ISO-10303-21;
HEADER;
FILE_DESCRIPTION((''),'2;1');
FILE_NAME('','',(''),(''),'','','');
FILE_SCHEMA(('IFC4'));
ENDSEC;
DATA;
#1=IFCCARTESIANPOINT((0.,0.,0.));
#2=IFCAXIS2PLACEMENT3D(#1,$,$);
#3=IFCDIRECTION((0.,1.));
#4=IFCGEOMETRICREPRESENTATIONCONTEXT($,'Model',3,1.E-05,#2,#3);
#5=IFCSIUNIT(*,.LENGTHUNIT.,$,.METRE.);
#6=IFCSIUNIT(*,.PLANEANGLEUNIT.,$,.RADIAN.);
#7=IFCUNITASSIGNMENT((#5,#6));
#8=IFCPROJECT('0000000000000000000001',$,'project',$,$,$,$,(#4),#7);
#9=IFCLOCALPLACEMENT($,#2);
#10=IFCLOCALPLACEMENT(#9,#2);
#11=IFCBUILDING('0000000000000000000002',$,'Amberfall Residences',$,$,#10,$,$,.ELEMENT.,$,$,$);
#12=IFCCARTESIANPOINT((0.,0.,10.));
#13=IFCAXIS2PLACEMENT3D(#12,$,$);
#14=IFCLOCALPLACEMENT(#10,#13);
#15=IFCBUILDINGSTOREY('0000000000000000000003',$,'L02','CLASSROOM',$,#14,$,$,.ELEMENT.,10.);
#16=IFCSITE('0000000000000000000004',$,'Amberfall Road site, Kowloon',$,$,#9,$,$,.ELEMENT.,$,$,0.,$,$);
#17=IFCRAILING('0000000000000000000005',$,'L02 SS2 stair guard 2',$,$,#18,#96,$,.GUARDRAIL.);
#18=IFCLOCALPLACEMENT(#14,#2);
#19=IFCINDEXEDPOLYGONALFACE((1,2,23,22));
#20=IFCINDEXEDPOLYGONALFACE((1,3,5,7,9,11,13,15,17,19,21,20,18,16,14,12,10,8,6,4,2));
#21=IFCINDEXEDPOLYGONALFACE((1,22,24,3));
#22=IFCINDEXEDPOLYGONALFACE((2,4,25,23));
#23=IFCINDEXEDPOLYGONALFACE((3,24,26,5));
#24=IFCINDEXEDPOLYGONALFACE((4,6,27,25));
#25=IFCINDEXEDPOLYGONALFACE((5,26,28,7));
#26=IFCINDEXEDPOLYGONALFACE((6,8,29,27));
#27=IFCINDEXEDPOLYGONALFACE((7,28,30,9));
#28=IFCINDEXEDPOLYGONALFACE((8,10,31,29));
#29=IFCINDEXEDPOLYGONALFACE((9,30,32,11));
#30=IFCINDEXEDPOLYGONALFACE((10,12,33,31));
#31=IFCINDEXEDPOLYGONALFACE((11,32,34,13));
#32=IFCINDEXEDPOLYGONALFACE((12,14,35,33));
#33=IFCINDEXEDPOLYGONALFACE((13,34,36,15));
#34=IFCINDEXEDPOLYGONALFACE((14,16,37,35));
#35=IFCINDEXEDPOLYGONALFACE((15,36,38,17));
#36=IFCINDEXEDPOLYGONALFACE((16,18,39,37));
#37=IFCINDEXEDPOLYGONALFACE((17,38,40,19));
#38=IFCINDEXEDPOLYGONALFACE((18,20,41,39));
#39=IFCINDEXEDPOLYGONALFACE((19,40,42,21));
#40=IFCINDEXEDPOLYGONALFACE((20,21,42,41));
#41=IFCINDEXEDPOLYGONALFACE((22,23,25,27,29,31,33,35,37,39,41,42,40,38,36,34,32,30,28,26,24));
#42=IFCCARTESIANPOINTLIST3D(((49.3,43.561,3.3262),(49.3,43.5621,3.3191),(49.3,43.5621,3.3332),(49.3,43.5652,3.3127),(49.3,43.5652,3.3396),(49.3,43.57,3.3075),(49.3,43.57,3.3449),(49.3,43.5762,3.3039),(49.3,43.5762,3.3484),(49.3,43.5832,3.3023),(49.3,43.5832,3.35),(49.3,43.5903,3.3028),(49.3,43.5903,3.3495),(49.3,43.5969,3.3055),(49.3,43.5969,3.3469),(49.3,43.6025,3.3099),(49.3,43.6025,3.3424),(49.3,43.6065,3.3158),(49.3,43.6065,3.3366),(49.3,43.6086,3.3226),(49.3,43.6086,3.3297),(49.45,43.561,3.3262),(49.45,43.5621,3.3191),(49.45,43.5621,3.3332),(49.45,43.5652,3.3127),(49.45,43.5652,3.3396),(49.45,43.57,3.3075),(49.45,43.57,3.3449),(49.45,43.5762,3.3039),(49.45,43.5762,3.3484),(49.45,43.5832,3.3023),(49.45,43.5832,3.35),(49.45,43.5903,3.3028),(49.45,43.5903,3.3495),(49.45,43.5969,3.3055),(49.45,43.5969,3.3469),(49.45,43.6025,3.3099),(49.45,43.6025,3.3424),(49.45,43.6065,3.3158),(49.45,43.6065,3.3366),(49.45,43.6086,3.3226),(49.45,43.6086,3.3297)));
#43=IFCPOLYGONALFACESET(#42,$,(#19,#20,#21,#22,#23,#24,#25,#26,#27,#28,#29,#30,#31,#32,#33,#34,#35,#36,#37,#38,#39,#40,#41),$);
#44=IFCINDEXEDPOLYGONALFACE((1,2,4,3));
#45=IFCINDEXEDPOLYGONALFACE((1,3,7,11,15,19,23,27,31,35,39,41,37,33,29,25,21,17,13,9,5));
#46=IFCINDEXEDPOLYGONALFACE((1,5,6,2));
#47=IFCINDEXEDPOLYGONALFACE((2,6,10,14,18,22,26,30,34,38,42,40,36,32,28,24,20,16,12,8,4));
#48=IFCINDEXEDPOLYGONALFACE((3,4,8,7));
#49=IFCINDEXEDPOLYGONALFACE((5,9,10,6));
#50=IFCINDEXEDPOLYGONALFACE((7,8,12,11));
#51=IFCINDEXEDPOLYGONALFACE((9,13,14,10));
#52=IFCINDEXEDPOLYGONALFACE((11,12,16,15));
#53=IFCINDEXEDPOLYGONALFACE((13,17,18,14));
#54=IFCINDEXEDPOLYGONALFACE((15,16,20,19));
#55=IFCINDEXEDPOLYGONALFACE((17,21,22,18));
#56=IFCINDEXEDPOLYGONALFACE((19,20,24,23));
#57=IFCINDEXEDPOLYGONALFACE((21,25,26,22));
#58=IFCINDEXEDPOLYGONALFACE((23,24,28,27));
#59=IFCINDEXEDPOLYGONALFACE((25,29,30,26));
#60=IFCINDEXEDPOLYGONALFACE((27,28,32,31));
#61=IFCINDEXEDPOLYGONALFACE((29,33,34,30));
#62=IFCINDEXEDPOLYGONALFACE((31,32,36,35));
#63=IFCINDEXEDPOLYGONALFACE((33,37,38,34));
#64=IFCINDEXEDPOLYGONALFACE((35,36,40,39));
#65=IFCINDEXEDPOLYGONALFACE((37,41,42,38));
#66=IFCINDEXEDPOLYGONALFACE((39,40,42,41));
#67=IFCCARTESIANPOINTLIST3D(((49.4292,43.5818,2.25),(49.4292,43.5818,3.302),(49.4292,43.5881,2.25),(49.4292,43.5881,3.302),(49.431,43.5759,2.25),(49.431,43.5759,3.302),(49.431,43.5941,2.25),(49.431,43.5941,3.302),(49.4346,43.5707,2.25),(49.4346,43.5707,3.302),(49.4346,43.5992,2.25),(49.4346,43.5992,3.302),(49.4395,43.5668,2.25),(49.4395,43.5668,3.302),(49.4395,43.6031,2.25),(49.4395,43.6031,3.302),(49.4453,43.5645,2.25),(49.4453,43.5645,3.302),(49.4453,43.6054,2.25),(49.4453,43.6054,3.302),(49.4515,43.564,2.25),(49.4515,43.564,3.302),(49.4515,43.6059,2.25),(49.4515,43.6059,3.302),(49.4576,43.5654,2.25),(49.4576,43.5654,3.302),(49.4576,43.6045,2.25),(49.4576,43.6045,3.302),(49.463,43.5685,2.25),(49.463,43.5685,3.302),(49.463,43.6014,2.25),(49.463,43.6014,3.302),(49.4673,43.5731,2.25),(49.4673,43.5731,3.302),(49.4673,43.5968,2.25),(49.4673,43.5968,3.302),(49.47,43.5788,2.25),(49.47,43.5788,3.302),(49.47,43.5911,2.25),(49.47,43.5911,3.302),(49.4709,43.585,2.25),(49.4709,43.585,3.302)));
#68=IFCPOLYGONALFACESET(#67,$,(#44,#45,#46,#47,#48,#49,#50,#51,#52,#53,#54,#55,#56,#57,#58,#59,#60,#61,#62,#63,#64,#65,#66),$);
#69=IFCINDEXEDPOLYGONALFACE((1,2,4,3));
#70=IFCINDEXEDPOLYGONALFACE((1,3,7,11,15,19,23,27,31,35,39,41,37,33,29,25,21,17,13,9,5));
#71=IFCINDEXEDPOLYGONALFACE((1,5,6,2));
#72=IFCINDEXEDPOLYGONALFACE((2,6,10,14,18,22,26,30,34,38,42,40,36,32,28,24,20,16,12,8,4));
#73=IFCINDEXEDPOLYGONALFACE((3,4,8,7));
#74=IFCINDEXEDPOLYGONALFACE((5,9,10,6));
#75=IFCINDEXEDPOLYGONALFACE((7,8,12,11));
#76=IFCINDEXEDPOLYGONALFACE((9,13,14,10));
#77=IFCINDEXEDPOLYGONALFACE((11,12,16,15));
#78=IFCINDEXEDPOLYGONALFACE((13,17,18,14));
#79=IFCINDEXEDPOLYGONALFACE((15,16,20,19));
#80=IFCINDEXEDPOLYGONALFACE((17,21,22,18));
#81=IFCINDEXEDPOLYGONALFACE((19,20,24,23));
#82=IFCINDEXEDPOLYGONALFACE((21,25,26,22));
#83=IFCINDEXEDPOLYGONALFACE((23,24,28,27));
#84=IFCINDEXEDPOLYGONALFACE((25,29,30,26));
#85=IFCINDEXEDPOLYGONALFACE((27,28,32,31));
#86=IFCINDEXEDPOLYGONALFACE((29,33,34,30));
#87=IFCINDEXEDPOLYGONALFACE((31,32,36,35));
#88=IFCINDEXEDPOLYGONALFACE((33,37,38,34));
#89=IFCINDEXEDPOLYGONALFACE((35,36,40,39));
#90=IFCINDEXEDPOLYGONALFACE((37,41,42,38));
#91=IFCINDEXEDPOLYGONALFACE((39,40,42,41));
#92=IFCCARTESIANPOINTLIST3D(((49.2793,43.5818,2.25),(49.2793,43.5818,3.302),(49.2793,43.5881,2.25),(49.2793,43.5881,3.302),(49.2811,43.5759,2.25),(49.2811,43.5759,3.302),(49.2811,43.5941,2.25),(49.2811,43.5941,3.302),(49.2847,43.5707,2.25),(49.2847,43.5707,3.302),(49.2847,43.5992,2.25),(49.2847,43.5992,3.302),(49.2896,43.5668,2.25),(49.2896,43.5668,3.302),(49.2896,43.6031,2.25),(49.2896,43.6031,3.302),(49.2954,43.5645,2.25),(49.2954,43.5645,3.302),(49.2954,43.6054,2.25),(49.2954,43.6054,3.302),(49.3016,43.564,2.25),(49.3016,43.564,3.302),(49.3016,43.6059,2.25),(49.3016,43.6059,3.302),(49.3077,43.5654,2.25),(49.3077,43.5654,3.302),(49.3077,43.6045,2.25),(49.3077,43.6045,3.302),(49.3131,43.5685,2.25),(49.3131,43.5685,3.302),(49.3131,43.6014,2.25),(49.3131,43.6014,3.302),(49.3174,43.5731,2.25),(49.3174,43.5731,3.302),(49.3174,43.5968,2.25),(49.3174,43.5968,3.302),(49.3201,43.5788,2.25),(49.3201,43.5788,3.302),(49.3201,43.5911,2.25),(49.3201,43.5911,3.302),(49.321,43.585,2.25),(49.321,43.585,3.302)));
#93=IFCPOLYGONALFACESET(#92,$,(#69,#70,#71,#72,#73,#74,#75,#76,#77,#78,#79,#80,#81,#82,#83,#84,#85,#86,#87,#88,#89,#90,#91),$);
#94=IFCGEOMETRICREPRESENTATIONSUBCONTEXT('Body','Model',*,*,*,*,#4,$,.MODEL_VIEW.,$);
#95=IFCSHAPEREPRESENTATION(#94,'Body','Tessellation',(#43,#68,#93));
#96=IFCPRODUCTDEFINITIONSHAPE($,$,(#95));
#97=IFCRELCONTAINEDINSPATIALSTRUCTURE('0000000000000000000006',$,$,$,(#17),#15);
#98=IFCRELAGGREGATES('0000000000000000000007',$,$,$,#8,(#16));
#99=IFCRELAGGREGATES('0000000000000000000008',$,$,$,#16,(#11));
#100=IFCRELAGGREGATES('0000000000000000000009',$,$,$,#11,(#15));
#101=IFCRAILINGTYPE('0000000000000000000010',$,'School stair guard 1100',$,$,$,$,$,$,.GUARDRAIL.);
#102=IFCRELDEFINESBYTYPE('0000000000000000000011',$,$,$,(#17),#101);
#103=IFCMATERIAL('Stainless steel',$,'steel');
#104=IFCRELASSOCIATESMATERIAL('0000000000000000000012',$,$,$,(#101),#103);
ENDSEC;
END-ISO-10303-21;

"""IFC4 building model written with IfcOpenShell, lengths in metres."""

from ifc_helpers import new_model, si_unit, direction, frame, origin, origin_2d, place, context, subcontext, project, spatial, circle, extrude, material, type_object, element, save


model = new_model("IFC4")

# Units and contexts
model_context = context("Model", 3, precision=1e-05, world=origin(), true_north=direction((0.0, 1.0)))
body_context = subcontext(model_context, "Body", "Model", "MODEL_VIEW")
ifc_project = project(units=[si_unit("LENGTHUNIT", "METRE"), si_unit("PLANEANGLEUNIT", "RADIAN")], contexts=[model_context])

# Site, building, storey
site_placement = place(None, origin())
site = spatial("IfcSite", under=ifc_project, at=site_placement, Name="Amberfall Road site, Kowloon", CompositionType="ELEMENT", RefElevation=0.0)
building_placement = place(site_placement, origin())
building = spatial("IfcBuilding", under=site, at=building_placement, Name="Amberfall Residences", CompositionType="ELEMENT")
storey_placement = place(building_placement, frame((0.0, 0.0, 10.0)))
storey = spatial("IfcBuildingStorey", under=building, at=storey_placement, Name="L02", Description="CLASSROOM", CompositionType="ELEMENT", Elevation=10.0)

# Railing
ifc_material_1 = material(Name="Stainless steel", Category="steel")
railing_type_1 = type_object("IfcRailingType", Name="School stair guard 1100", PredefinedType="GUARDRAIL", material=ifc_material_1)
railing_1_placement = place(storey_placement, frame((49.45, 43.585, 2.25)))
element("IfcRailing", 1, at=railing_1_placement, inside=storey, type_object=railing_type_1, Name="L02 SS2 stair guard 2", PredefinedType="GUARDRAIL", context=body_context, shape_type="SweptSolid", body=[
    extrude(circle(Radius=0.0239, at=origin_2d()), frame((0.0, 0.0, 1.0762), z_axis=(-1.0, 0.0, 0.0), x_axis=(0.0, -1.0, 0.0)), (0.0, 0.0, 1.0), 0.1499),
    extrude(circle(Radius=0.021, at=origin_2d()), origin(), (0.0, 0.0, 1.0), 1.052),
    extrude(circle(Radius=0.021, at=origin_2d()), frame((-0.1499, 0.0, 0.0)), (0.0, 0.0, 1.0), 1.052),
])

save(model, "model.ifc")
